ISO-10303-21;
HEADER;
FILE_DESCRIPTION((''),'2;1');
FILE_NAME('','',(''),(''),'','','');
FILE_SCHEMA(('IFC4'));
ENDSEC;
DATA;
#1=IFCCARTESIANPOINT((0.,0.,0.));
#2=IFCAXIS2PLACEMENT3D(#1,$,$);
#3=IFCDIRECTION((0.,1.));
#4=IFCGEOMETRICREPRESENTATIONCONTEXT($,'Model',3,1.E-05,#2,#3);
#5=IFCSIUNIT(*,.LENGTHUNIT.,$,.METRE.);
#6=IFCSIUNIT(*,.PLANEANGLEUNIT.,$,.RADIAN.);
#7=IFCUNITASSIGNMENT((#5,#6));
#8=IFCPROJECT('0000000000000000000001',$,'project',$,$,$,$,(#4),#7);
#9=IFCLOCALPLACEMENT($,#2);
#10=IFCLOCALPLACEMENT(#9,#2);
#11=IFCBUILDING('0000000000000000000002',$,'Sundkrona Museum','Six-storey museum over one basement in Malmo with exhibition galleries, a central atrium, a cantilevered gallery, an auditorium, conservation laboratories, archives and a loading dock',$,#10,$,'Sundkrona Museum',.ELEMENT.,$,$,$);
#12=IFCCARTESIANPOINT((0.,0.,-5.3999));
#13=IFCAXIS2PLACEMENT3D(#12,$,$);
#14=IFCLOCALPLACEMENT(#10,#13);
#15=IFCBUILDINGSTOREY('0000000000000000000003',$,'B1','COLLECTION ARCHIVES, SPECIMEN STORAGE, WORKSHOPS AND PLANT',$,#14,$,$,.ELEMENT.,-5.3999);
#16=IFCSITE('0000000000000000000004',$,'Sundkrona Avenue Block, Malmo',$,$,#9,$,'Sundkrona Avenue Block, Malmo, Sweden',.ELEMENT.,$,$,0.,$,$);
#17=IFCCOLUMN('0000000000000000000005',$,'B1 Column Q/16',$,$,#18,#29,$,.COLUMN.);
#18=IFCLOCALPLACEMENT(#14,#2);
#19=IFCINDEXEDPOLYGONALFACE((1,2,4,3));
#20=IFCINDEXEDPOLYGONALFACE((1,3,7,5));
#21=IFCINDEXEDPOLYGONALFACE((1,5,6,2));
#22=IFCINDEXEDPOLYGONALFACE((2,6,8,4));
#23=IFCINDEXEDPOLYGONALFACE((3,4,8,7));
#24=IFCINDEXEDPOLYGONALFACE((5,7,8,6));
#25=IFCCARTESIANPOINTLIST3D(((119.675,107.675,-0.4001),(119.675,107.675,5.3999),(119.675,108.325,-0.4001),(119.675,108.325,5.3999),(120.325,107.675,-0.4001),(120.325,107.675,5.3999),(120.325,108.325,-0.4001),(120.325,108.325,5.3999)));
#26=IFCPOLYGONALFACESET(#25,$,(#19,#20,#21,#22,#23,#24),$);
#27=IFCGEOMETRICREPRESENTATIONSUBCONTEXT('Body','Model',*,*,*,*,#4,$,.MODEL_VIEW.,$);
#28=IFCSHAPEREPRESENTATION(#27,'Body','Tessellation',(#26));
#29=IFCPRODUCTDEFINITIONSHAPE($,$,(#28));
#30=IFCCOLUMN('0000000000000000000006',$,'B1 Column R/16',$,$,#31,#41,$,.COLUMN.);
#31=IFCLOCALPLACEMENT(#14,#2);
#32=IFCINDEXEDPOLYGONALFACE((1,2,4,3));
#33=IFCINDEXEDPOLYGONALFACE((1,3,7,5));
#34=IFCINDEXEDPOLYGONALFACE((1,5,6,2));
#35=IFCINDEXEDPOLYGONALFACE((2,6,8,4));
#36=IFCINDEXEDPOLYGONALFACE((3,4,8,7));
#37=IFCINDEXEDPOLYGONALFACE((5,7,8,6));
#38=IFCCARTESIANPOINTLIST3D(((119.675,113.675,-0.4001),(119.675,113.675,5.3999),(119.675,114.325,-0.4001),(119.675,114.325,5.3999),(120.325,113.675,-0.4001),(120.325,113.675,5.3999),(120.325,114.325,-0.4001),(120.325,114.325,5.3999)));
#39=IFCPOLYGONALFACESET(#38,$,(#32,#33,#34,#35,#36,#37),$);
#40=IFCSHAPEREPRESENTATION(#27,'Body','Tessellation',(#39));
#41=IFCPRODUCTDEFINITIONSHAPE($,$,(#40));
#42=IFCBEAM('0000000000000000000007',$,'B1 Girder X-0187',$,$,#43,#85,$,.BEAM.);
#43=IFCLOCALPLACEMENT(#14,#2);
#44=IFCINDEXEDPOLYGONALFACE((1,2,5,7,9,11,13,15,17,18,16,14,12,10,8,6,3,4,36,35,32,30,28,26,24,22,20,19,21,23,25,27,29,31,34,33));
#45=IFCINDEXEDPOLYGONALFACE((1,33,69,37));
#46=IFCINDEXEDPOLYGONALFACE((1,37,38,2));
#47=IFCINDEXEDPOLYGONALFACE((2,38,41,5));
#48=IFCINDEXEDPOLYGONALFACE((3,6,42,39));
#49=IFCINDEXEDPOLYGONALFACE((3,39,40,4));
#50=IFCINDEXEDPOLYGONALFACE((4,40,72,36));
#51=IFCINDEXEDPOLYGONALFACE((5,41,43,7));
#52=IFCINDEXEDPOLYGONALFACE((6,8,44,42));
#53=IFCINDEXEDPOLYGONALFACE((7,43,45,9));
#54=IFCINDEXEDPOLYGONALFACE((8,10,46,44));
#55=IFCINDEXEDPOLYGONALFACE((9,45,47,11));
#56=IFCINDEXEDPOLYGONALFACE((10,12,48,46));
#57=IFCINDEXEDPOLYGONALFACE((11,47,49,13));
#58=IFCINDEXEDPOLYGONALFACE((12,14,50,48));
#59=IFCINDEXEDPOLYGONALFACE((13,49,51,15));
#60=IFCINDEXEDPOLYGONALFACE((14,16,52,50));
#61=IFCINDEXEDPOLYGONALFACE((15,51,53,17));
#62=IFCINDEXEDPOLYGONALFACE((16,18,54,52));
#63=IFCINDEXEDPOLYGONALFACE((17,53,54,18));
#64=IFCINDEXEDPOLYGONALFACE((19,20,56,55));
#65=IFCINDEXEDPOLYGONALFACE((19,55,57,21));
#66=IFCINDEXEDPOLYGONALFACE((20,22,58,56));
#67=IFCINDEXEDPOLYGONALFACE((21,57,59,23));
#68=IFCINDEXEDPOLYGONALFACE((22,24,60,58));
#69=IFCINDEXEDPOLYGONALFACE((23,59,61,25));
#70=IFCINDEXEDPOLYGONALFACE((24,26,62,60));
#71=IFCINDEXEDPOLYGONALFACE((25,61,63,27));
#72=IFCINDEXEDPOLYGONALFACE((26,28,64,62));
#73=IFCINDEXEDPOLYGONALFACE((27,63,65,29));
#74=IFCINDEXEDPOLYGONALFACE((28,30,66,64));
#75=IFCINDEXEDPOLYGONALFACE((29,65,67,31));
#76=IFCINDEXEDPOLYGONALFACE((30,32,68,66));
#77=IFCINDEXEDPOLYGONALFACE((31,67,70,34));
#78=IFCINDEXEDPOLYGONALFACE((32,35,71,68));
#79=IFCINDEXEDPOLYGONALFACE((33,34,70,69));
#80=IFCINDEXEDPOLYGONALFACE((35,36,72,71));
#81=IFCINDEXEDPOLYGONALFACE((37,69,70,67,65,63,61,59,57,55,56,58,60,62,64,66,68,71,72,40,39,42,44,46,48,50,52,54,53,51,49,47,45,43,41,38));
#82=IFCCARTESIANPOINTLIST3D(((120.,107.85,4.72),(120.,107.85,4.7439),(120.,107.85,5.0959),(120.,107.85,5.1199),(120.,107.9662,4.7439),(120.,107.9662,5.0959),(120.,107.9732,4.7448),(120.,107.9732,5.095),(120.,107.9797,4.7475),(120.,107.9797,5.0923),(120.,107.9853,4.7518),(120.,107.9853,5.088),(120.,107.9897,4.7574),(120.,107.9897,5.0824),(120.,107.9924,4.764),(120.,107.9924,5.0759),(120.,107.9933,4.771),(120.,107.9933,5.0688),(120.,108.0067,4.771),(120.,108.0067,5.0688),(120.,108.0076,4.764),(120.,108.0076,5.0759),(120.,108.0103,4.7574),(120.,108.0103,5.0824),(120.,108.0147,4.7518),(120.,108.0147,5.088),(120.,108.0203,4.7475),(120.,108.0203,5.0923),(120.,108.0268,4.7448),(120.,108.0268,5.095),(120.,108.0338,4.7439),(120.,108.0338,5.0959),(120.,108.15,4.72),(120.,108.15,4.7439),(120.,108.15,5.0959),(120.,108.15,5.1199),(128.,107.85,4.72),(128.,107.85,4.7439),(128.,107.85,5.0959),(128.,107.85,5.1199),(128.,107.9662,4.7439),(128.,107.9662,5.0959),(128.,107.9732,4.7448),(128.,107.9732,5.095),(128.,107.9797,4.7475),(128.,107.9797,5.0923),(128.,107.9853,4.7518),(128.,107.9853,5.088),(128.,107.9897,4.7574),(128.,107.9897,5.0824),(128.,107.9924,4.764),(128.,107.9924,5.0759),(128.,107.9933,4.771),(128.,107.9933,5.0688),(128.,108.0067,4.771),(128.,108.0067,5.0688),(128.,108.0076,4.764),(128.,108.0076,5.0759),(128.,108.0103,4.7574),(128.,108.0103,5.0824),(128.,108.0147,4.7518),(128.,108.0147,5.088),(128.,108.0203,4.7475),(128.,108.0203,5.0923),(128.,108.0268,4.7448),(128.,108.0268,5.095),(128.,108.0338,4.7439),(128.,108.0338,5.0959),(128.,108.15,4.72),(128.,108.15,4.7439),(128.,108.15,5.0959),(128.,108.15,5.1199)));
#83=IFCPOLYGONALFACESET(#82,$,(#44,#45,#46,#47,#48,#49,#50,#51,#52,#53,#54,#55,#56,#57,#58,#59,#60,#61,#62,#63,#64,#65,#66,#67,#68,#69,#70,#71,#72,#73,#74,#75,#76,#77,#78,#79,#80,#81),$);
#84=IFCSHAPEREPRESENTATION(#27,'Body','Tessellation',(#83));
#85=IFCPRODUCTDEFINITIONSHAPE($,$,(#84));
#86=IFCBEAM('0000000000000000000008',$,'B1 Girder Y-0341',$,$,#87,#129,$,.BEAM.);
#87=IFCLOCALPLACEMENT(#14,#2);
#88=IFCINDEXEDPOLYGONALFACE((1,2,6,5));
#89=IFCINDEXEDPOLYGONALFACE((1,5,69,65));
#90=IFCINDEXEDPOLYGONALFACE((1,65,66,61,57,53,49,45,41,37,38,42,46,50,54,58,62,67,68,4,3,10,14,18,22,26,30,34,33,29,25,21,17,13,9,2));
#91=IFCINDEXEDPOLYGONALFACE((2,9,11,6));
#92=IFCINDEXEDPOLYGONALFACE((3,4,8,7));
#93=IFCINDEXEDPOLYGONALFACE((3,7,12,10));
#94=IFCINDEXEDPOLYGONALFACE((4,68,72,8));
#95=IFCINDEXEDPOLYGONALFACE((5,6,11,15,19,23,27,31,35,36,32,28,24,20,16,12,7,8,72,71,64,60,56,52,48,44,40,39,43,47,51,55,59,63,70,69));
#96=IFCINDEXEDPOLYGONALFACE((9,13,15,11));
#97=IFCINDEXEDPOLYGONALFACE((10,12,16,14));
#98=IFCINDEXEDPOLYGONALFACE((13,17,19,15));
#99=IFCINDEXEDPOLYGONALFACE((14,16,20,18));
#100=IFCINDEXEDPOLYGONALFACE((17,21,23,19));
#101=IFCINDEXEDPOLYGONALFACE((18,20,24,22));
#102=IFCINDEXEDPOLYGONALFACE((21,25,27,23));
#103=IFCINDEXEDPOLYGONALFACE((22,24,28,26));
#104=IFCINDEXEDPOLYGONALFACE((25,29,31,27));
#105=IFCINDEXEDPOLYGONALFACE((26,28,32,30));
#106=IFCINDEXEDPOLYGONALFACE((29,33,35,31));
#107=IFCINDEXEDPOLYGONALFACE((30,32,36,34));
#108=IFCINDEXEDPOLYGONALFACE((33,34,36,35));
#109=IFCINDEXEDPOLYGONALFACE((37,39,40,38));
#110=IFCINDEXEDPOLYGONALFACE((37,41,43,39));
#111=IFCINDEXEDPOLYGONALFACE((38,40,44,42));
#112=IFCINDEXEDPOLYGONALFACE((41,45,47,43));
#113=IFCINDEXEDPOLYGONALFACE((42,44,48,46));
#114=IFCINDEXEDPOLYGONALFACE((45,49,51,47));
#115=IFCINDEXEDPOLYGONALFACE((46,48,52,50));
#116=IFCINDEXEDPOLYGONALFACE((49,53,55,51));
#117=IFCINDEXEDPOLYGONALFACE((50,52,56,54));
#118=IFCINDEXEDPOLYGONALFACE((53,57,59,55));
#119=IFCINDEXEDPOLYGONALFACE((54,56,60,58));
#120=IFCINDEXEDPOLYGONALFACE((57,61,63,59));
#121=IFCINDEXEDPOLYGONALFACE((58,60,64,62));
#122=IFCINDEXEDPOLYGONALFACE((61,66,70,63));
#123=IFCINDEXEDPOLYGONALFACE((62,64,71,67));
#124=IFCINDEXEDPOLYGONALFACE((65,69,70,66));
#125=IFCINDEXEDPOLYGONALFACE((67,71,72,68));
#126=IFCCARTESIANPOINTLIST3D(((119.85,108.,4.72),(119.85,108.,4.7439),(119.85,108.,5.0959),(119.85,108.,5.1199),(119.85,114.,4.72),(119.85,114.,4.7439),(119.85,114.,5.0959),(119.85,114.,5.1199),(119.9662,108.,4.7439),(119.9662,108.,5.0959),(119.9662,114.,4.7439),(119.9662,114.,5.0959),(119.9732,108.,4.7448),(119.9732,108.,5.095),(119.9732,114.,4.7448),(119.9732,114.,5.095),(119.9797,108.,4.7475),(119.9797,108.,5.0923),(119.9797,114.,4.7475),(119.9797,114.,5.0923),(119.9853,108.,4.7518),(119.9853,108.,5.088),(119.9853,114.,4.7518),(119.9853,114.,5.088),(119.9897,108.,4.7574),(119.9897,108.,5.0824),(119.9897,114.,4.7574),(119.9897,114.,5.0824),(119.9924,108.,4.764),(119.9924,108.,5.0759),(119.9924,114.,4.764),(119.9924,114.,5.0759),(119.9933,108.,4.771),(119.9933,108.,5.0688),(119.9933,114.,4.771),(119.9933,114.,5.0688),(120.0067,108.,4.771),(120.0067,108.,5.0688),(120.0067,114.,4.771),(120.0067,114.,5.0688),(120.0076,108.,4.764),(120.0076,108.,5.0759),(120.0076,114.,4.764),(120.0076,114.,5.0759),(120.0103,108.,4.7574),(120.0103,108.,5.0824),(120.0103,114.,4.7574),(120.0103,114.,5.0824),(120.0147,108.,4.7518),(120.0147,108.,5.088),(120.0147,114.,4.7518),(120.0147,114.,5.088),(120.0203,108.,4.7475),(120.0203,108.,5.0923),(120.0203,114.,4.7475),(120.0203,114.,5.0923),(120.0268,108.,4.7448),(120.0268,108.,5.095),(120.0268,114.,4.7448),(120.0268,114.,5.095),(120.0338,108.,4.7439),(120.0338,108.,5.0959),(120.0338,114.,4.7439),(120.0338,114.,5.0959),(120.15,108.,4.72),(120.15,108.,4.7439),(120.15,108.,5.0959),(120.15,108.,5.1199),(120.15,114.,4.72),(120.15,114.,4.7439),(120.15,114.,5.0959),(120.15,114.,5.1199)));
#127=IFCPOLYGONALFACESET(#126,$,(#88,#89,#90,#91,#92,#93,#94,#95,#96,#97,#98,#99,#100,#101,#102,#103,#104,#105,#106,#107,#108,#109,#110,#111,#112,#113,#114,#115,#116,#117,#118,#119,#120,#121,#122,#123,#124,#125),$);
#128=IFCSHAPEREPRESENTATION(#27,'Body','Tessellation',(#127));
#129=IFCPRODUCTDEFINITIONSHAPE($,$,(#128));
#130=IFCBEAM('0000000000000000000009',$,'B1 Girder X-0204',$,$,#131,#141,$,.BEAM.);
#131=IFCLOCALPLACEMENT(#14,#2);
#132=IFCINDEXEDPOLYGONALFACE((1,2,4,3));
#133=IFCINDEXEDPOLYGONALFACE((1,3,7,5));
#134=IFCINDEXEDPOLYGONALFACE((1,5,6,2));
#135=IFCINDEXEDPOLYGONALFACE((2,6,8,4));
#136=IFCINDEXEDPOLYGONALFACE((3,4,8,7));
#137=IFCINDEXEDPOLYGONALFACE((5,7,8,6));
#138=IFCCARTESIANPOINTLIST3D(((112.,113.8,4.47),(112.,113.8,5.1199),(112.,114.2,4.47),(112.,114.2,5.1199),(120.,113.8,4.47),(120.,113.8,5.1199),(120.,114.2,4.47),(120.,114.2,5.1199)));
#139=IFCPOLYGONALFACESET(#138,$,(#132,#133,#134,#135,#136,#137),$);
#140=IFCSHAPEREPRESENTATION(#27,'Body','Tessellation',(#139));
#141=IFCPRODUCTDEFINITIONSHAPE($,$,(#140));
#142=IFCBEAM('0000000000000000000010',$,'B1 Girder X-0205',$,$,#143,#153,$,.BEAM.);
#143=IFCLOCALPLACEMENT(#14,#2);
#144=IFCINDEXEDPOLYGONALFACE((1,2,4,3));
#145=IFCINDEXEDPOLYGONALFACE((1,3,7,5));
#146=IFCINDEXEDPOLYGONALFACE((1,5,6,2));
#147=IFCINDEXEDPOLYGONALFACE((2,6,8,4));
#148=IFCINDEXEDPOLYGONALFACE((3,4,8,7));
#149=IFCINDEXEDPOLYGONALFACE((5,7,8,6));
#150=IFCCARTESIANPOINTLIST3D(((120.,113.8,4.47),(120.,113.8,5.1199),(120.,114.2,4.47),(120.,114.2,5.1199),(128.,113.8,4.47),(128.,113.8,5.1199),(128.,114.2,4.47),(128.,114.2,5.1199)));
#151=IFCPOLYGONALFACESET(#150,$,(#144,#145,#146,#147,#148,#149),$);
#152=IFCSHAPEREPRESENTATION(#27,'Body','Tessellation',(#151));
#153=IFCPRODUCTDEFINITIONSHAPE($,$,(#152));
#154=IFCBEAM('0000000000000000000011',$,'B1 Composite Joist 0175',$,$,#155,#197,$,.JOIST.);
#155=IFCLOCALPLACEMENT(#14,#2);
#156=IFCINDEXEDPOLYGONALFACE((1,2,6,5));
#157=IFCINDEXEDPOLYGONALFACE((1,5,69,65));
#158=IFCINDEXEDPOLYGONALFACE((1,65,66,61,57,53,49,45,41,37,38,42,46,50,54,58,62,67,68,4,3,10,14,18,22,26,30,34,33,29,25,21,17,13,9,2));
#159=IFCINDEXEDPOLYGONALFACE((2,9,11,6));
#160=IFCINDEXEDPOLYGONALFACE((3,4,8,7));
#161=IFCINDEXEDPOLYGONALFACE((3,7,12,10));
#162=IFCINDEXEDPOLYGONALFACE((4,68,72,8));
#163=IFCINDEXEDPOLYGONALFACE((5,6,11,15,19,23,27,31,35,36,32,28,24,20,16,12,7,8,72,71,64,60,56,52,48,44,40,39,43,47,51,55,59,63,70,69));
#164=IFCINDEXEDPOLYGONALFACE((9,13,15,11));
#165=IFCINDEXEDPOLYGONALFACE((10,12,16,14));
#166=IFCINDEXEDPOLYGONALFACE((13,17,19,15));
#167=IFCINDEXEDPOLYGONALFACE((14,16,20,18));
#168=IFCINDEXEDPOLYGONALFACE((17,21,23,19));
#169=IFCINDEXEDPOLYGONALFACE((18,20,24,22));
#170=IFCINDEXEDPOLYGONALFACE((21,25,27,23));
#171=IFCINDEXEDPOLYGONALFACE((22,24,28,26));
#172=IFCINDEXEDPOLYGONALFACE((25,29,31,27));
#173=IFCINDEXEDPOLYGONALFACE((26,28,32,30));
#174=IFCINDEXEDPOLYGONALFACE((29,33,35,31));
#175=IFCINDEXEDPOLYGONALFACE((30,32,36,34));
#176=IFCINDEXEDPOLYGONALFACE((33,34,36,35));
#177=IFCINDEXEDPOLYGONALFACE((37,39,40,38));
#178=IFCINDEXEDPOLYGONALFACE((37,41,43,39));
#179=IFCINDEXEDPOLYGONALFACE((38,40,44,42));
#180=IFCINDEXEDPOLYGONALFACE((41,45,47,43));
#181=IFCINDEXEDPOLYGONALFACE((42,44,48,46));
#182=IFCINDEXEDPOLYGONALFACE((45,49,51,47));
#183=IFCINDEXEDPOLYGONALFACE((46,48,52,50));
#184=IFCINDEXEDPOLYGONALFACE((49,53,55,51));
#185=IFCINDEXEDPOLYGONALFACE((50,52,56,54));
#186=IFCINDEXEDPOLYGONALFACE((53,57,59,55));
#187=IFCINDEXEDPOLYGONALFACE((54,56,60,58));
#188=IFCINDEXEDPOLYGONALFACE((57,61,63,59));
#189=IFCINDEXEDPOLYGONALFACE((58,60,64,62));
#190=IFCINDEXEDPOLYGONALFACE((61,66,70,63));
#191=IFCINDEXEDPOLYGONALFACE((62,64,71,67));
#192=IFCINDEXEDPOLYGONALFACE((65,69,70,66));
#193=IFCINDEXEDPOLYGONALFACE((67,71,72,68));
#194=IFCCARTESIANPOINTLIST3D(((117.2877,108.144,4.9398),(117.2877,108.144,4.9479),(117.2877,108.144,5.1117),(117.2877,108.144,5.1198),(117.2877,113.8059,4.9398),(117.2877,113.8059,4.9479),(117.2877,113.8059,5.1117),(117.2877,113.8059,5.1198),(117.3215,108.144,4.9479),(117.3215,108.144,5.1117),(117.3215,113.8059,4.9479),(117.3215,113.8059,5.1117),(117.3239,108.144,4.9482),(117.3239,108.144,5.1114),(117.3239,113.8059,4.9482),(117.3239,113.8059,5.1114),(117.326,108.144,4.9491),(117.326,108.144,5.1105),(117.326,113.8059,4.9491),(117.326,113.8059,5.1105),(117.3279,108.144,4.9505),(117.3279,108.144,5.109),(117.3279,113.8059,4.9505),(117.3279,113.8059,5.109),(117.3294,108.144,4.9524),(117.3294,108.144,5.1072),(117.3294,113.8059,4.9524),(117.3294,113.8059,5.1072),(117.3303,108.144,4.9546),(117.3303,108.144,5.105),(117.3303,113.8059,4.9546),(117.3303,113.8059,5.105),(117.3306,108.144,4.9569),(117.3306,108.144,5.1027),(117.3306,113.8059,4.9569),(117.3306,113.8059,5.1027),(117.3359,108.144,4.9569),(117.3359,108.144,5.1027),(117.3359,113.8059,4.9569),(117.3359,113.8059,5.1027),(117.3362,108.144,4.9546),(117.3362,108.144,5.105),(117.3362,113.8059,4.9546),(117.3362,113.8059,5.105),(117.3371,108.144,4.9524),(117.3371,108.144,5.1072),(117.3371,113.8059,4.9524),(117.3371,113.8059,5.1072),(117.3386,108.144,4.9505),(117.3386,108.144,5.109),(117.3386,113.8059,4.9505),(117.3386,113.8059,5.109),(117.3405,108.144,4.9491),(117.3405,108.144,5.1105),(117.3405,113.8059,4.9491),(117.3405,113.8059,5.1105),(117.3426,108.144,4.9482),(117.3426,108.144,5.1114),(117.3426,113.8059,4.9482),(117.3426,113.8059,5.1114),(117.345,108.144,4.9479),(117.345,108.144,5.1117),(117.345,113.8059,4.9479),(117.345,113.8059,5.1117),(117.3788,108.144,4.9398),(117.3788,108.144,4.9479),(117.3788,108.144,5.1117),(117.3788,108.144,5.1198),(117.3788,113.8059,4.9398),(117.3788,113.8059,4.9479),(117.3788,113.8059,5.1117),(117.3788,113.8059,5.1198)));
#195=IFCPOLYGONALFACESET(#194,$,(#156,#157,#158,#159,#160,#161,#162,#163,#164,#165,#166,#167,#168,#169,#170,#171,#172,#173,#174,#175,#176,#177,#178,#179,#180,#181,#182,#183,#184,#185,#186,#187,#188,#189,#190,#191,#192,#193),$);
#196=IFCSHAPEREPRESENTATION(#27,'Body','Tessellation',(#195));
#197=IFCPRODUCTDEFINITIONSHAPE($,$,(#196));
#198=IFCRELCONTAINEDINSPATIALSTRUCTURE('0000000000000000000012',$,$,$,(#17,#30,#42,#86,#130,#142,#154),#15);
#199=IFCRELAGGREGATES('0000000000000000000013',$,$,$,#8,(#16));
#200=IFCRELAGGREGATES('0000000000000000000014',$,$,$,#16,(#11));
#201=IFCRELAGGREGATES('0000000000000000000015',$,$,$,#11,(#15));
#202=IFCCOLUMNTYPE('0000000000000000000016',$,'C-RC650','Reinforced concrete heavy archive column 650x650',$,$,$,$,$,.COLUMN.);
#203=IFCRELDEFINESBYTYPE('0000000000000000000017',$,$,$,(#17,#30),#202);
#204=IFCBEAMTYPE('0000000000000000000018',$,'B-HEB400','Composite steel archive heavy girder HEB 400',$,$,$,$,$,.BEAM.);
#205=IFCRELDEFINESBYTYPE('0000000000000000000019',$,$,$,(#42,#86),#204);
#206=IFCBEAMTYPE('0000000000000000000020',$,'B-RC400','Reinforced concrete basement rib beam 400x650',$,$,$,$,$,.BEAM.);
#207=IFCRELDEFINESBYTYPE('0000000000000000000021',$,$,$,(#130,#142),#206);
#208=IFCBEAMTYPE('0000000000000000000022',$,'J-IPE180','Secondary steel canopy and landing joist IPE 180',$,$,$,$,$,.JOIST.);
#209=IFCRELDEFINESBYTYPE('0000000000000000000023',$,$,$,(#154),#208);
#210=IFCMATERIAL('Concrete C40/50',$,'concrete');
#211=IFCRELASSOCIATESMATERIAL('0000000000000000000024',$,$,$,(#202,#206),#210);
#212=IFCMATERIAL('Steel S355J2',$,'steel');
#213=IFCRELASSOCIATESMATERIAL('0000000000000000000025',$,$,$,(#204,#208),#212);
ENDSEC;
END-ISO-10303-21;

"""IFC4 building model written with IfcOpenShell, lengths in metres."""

from ifc_helpers import new_model, si_unit, direction, frame, origin, origin_2d, place, context, subcontext, project, spatial, rectangle, i_section, extrude, material, material_profile, profile_set, type_object, element, save


model = new_model("IFC4")

# Units and contexts
model_context = context("Model", 3, precision=1e-05, world=origin(), true_north=direction((0.0, 1.0)))
body_context = subcontext(model_context, "Body", "Model", "MODEL_VIEW")
ifc_project = project(units=[si_unit("LENGTHUNIT", "METRE"), si_unit("PLANEANGLEUNIT", "RADIAN")], contexts=[model_context])

# Site, building, storey
site_placement = place(None, origin())
site = spatial("IfcSite", under=ifc_project, at=site_placement, Name="Sundkrona Avenue Block, Malmo", LongName="Sundkrona Avenue Block, Malmo, Sweden", CompositionType="ELEMENT", RefElevation=0.0)
building_placement = place(site_placement, origin())
building = spatial("IfcBuilding", under=site, at=building_placement, Name="Sundkrona Museum", Description="Six-storey museum over one basement in Malmo with exhibition galleries, a central atrium, a cantilevered gallery, an auditorium, conservation laboratories, archives and a loading dock", LongName="Sundkrona Museum", CompositionType="ELEMENT")
storey_placement = place(building_placement, frame((0.0, 0.0, -5.3999)))
storey = spatial("IfcBuildingStorey", under=building, at=storey_placement, Name="B1", Description="COLLECTION ARCHIVES, SPECIMEN STORAGE, WORKSHOPS AND PLANT", CompositionType="ELEMENT", Elevation=-5.3999)

# Shared definitions
ifc_material_1 = material(Name="Concrete C40/50", Category="concrete")

# Columns
ifc_material_profile_1 = material_profile(ifc_material_1, rectangle(XDim=0.6499, YDim=0.6499, at=origin_2d()), Name="RC 650x650")
ifc_profile_set_1 = profile_set([ifc_material_profile_1], Name="Concrete C40/50")
column_type = type_object("IfcColumnType", Name="C-RC650", Description="Reinforced concrete heavy archive column 650x650", PredefinedType="COLUMN", material=ifc_profile_set_1)
for number, where, z_axis, x_axis, name in (
    (1, (120.0, 108.0, -0.4001), (0.0, 0.0, 1.0), (1.0, 0.0, 0.0), "B1 Column Q/16"),
    (2, (120.0, 114.0, -0.4001), (0.0, 0.0, 1.0), (1.0, 0.0, 0.0), "B1 Column R/16"),
):
    element("IfcColumn", number, at=place(storey_placement, frame(where, z_axis=z_axis, x_axis=x_axis)), inside=storey, type_object=column_type, Name=name, PredefinedType="COLUMN", context=body_context, shape_type="SweptSolid", body=[
        extrude(rectangle(XDim=0.6499, YDim=0.6499, at=origin_2d()), origin(), (0.0, 0.0, 1.0), 5.8),
    ])

# Beams
ifc_material_2 = material(Name="Steel S355J2", Category="steel")
ifc_material_profile_2 = material_profile(ifc_material_2, i_section(OverallWidth=0.3, OverallDepth=0.3999, WebThickness=0.0134, FlangeThickness=0.0239, FilletRadius=0.0271, at=origin_2d()), Name="HEB 400")
ifc_profile_set_2 = profile_set([ifc_material_profile_2], Name="Steel S355J2")
beam_type_1 = type_object("IfcBeamType", Name="B-HEB400", Description="Composite steel archive heavy girder HEB 400", PredefinedType="BEAM", material=ifc_profile_set_2)
beam_1_placement = place(storey_placement, frame((120.0, 108.0, 4.9199), z_axis=(1.0, 0.0, 0.0), x_axis=(0.0, 1.0, 0.0)))
element("IfcBeam", 3, at=beam_1_placement, inside=storey, type_object=beam_type_1, Name="B1 Girder X-0187", PredefinedType="BEAM", context=body_context, shape_type="SweptSolid", body=[
    extrude(i_section(OverallWidth=0.3, OverallDepth=0.3999, WebThickness=0.0134, FlangeThickness=0.0239, FilletRadius=0.0271, at=origin_2d()), origin(), (0.0, 0.0, 1.0), 8.0),
])
beam_2_placement = place(storey_placement, frame((120.0, 108.0, 4.9199), z_axis=(0.0, 1.0, 0.0), x_axis=(-1.0, 0.0, 0.0)))
element("IfcBeam", 4, at=beam_2_placement, inside=storey, type_object=beam_type_1, Name="B1 Girder Y-0341", PredefinedType="BEAM", context=body_context, shape_type="SweptSolid", body=[
    extrude(i_section(OverallWidth=0.3, OverallDepth=0.3999, WebThickness=0.0134, FlangeThickness=0.0239, FilletRadius=0.0271, at=origin_2d()), origin(), (0.0, 0.0, 1.0), 6.0),
])
ifc_material_profile_3 = material_profile(ifc_material_1, rectangle(XDim=0.3999, YDim=0.6499, at=origin_2d()), Name="RCB 400x650")
ifc_profile_set_3 = profile_set([ifc_material_profile_3], Name="Concrete C40/50")
beam_type_2 = type_object("IfcBeamType", Name="B-RC400", Description="Reinforced concrete basement rib beam 400x650", PredefinedType="BEAM", material=ifc_profile_set_3)
for number, where, z_axis, x_axis, name in (
    (5, (112.0, 114.0, 4.7949), (1.0, 0.0, 0.0), (0.0, 1.0, 0.0), "B1 Girder X-0204"),
    (6, (120.0, 114.0, 4.7949), (1.0, 0.0, 0.0), (0.0, 1.0, 0.0), "B1 Girder X-0205"),
):
    element("IfcBeam", number, at=place(storey_placement, frame(where, z_axis=z_axis, x_axis=x_axis)), inside=storey, type_object=beam_type_2, Name=name, PredefinedType="BEAM", context=body_context, shape_type="SweptSolid", body=[
        extrude(rectangle(XDim=0.3999, YDim=0.6499, at=origin_2d()), origin(), (0.0, 0.0, 1.0), 8.0),
    ])
ifc_material_profile_4 = material_profile(ifc_material_2, i_section(OverallWidth=0.0911, OverallDepth=0.1799, WebThickness=0.0054, FlangeThickness=0.0081, FilletRadius=0.009, at=origin_2d()), Name="IPE 180")
ifc_profile_set_4 = profile_set([ifc_material_profile_4], Name="Steel S355J2")
beam_type_3 = type_object("IfcBeamType", Name="J-IPE180", Description="Secondary steel canopy and landing joist IPE 180", PredefinedType="JOIST", material=ifc_profile_set_4)
beam_3_placement = place(storey_placement, frame((117.3333, 108.144, 5.0298), z_axis=(0.0, 1.0, 0.0), x_axis=(-1.0, 0.0, 0.0)))
element("IfcBeam", 7, at=beam_3_placement, inside=storey, type_object=beam_type_3, Name="B1 Composite Joist 0175", PredefinedType="JOIST", context=body_context, shape_type="SweptSolid", body=[
    extrude(i_section(OverallWidth=0.0911, OverallDepth=0.1799, WebThickness=0.0054, FlangeThickness=0.0081, FilletRadius=0.009, at=origin_2d()), origin(), (0.0, 0.0, 1.0), 5.6619),
])

save(model, "model.ifc")
